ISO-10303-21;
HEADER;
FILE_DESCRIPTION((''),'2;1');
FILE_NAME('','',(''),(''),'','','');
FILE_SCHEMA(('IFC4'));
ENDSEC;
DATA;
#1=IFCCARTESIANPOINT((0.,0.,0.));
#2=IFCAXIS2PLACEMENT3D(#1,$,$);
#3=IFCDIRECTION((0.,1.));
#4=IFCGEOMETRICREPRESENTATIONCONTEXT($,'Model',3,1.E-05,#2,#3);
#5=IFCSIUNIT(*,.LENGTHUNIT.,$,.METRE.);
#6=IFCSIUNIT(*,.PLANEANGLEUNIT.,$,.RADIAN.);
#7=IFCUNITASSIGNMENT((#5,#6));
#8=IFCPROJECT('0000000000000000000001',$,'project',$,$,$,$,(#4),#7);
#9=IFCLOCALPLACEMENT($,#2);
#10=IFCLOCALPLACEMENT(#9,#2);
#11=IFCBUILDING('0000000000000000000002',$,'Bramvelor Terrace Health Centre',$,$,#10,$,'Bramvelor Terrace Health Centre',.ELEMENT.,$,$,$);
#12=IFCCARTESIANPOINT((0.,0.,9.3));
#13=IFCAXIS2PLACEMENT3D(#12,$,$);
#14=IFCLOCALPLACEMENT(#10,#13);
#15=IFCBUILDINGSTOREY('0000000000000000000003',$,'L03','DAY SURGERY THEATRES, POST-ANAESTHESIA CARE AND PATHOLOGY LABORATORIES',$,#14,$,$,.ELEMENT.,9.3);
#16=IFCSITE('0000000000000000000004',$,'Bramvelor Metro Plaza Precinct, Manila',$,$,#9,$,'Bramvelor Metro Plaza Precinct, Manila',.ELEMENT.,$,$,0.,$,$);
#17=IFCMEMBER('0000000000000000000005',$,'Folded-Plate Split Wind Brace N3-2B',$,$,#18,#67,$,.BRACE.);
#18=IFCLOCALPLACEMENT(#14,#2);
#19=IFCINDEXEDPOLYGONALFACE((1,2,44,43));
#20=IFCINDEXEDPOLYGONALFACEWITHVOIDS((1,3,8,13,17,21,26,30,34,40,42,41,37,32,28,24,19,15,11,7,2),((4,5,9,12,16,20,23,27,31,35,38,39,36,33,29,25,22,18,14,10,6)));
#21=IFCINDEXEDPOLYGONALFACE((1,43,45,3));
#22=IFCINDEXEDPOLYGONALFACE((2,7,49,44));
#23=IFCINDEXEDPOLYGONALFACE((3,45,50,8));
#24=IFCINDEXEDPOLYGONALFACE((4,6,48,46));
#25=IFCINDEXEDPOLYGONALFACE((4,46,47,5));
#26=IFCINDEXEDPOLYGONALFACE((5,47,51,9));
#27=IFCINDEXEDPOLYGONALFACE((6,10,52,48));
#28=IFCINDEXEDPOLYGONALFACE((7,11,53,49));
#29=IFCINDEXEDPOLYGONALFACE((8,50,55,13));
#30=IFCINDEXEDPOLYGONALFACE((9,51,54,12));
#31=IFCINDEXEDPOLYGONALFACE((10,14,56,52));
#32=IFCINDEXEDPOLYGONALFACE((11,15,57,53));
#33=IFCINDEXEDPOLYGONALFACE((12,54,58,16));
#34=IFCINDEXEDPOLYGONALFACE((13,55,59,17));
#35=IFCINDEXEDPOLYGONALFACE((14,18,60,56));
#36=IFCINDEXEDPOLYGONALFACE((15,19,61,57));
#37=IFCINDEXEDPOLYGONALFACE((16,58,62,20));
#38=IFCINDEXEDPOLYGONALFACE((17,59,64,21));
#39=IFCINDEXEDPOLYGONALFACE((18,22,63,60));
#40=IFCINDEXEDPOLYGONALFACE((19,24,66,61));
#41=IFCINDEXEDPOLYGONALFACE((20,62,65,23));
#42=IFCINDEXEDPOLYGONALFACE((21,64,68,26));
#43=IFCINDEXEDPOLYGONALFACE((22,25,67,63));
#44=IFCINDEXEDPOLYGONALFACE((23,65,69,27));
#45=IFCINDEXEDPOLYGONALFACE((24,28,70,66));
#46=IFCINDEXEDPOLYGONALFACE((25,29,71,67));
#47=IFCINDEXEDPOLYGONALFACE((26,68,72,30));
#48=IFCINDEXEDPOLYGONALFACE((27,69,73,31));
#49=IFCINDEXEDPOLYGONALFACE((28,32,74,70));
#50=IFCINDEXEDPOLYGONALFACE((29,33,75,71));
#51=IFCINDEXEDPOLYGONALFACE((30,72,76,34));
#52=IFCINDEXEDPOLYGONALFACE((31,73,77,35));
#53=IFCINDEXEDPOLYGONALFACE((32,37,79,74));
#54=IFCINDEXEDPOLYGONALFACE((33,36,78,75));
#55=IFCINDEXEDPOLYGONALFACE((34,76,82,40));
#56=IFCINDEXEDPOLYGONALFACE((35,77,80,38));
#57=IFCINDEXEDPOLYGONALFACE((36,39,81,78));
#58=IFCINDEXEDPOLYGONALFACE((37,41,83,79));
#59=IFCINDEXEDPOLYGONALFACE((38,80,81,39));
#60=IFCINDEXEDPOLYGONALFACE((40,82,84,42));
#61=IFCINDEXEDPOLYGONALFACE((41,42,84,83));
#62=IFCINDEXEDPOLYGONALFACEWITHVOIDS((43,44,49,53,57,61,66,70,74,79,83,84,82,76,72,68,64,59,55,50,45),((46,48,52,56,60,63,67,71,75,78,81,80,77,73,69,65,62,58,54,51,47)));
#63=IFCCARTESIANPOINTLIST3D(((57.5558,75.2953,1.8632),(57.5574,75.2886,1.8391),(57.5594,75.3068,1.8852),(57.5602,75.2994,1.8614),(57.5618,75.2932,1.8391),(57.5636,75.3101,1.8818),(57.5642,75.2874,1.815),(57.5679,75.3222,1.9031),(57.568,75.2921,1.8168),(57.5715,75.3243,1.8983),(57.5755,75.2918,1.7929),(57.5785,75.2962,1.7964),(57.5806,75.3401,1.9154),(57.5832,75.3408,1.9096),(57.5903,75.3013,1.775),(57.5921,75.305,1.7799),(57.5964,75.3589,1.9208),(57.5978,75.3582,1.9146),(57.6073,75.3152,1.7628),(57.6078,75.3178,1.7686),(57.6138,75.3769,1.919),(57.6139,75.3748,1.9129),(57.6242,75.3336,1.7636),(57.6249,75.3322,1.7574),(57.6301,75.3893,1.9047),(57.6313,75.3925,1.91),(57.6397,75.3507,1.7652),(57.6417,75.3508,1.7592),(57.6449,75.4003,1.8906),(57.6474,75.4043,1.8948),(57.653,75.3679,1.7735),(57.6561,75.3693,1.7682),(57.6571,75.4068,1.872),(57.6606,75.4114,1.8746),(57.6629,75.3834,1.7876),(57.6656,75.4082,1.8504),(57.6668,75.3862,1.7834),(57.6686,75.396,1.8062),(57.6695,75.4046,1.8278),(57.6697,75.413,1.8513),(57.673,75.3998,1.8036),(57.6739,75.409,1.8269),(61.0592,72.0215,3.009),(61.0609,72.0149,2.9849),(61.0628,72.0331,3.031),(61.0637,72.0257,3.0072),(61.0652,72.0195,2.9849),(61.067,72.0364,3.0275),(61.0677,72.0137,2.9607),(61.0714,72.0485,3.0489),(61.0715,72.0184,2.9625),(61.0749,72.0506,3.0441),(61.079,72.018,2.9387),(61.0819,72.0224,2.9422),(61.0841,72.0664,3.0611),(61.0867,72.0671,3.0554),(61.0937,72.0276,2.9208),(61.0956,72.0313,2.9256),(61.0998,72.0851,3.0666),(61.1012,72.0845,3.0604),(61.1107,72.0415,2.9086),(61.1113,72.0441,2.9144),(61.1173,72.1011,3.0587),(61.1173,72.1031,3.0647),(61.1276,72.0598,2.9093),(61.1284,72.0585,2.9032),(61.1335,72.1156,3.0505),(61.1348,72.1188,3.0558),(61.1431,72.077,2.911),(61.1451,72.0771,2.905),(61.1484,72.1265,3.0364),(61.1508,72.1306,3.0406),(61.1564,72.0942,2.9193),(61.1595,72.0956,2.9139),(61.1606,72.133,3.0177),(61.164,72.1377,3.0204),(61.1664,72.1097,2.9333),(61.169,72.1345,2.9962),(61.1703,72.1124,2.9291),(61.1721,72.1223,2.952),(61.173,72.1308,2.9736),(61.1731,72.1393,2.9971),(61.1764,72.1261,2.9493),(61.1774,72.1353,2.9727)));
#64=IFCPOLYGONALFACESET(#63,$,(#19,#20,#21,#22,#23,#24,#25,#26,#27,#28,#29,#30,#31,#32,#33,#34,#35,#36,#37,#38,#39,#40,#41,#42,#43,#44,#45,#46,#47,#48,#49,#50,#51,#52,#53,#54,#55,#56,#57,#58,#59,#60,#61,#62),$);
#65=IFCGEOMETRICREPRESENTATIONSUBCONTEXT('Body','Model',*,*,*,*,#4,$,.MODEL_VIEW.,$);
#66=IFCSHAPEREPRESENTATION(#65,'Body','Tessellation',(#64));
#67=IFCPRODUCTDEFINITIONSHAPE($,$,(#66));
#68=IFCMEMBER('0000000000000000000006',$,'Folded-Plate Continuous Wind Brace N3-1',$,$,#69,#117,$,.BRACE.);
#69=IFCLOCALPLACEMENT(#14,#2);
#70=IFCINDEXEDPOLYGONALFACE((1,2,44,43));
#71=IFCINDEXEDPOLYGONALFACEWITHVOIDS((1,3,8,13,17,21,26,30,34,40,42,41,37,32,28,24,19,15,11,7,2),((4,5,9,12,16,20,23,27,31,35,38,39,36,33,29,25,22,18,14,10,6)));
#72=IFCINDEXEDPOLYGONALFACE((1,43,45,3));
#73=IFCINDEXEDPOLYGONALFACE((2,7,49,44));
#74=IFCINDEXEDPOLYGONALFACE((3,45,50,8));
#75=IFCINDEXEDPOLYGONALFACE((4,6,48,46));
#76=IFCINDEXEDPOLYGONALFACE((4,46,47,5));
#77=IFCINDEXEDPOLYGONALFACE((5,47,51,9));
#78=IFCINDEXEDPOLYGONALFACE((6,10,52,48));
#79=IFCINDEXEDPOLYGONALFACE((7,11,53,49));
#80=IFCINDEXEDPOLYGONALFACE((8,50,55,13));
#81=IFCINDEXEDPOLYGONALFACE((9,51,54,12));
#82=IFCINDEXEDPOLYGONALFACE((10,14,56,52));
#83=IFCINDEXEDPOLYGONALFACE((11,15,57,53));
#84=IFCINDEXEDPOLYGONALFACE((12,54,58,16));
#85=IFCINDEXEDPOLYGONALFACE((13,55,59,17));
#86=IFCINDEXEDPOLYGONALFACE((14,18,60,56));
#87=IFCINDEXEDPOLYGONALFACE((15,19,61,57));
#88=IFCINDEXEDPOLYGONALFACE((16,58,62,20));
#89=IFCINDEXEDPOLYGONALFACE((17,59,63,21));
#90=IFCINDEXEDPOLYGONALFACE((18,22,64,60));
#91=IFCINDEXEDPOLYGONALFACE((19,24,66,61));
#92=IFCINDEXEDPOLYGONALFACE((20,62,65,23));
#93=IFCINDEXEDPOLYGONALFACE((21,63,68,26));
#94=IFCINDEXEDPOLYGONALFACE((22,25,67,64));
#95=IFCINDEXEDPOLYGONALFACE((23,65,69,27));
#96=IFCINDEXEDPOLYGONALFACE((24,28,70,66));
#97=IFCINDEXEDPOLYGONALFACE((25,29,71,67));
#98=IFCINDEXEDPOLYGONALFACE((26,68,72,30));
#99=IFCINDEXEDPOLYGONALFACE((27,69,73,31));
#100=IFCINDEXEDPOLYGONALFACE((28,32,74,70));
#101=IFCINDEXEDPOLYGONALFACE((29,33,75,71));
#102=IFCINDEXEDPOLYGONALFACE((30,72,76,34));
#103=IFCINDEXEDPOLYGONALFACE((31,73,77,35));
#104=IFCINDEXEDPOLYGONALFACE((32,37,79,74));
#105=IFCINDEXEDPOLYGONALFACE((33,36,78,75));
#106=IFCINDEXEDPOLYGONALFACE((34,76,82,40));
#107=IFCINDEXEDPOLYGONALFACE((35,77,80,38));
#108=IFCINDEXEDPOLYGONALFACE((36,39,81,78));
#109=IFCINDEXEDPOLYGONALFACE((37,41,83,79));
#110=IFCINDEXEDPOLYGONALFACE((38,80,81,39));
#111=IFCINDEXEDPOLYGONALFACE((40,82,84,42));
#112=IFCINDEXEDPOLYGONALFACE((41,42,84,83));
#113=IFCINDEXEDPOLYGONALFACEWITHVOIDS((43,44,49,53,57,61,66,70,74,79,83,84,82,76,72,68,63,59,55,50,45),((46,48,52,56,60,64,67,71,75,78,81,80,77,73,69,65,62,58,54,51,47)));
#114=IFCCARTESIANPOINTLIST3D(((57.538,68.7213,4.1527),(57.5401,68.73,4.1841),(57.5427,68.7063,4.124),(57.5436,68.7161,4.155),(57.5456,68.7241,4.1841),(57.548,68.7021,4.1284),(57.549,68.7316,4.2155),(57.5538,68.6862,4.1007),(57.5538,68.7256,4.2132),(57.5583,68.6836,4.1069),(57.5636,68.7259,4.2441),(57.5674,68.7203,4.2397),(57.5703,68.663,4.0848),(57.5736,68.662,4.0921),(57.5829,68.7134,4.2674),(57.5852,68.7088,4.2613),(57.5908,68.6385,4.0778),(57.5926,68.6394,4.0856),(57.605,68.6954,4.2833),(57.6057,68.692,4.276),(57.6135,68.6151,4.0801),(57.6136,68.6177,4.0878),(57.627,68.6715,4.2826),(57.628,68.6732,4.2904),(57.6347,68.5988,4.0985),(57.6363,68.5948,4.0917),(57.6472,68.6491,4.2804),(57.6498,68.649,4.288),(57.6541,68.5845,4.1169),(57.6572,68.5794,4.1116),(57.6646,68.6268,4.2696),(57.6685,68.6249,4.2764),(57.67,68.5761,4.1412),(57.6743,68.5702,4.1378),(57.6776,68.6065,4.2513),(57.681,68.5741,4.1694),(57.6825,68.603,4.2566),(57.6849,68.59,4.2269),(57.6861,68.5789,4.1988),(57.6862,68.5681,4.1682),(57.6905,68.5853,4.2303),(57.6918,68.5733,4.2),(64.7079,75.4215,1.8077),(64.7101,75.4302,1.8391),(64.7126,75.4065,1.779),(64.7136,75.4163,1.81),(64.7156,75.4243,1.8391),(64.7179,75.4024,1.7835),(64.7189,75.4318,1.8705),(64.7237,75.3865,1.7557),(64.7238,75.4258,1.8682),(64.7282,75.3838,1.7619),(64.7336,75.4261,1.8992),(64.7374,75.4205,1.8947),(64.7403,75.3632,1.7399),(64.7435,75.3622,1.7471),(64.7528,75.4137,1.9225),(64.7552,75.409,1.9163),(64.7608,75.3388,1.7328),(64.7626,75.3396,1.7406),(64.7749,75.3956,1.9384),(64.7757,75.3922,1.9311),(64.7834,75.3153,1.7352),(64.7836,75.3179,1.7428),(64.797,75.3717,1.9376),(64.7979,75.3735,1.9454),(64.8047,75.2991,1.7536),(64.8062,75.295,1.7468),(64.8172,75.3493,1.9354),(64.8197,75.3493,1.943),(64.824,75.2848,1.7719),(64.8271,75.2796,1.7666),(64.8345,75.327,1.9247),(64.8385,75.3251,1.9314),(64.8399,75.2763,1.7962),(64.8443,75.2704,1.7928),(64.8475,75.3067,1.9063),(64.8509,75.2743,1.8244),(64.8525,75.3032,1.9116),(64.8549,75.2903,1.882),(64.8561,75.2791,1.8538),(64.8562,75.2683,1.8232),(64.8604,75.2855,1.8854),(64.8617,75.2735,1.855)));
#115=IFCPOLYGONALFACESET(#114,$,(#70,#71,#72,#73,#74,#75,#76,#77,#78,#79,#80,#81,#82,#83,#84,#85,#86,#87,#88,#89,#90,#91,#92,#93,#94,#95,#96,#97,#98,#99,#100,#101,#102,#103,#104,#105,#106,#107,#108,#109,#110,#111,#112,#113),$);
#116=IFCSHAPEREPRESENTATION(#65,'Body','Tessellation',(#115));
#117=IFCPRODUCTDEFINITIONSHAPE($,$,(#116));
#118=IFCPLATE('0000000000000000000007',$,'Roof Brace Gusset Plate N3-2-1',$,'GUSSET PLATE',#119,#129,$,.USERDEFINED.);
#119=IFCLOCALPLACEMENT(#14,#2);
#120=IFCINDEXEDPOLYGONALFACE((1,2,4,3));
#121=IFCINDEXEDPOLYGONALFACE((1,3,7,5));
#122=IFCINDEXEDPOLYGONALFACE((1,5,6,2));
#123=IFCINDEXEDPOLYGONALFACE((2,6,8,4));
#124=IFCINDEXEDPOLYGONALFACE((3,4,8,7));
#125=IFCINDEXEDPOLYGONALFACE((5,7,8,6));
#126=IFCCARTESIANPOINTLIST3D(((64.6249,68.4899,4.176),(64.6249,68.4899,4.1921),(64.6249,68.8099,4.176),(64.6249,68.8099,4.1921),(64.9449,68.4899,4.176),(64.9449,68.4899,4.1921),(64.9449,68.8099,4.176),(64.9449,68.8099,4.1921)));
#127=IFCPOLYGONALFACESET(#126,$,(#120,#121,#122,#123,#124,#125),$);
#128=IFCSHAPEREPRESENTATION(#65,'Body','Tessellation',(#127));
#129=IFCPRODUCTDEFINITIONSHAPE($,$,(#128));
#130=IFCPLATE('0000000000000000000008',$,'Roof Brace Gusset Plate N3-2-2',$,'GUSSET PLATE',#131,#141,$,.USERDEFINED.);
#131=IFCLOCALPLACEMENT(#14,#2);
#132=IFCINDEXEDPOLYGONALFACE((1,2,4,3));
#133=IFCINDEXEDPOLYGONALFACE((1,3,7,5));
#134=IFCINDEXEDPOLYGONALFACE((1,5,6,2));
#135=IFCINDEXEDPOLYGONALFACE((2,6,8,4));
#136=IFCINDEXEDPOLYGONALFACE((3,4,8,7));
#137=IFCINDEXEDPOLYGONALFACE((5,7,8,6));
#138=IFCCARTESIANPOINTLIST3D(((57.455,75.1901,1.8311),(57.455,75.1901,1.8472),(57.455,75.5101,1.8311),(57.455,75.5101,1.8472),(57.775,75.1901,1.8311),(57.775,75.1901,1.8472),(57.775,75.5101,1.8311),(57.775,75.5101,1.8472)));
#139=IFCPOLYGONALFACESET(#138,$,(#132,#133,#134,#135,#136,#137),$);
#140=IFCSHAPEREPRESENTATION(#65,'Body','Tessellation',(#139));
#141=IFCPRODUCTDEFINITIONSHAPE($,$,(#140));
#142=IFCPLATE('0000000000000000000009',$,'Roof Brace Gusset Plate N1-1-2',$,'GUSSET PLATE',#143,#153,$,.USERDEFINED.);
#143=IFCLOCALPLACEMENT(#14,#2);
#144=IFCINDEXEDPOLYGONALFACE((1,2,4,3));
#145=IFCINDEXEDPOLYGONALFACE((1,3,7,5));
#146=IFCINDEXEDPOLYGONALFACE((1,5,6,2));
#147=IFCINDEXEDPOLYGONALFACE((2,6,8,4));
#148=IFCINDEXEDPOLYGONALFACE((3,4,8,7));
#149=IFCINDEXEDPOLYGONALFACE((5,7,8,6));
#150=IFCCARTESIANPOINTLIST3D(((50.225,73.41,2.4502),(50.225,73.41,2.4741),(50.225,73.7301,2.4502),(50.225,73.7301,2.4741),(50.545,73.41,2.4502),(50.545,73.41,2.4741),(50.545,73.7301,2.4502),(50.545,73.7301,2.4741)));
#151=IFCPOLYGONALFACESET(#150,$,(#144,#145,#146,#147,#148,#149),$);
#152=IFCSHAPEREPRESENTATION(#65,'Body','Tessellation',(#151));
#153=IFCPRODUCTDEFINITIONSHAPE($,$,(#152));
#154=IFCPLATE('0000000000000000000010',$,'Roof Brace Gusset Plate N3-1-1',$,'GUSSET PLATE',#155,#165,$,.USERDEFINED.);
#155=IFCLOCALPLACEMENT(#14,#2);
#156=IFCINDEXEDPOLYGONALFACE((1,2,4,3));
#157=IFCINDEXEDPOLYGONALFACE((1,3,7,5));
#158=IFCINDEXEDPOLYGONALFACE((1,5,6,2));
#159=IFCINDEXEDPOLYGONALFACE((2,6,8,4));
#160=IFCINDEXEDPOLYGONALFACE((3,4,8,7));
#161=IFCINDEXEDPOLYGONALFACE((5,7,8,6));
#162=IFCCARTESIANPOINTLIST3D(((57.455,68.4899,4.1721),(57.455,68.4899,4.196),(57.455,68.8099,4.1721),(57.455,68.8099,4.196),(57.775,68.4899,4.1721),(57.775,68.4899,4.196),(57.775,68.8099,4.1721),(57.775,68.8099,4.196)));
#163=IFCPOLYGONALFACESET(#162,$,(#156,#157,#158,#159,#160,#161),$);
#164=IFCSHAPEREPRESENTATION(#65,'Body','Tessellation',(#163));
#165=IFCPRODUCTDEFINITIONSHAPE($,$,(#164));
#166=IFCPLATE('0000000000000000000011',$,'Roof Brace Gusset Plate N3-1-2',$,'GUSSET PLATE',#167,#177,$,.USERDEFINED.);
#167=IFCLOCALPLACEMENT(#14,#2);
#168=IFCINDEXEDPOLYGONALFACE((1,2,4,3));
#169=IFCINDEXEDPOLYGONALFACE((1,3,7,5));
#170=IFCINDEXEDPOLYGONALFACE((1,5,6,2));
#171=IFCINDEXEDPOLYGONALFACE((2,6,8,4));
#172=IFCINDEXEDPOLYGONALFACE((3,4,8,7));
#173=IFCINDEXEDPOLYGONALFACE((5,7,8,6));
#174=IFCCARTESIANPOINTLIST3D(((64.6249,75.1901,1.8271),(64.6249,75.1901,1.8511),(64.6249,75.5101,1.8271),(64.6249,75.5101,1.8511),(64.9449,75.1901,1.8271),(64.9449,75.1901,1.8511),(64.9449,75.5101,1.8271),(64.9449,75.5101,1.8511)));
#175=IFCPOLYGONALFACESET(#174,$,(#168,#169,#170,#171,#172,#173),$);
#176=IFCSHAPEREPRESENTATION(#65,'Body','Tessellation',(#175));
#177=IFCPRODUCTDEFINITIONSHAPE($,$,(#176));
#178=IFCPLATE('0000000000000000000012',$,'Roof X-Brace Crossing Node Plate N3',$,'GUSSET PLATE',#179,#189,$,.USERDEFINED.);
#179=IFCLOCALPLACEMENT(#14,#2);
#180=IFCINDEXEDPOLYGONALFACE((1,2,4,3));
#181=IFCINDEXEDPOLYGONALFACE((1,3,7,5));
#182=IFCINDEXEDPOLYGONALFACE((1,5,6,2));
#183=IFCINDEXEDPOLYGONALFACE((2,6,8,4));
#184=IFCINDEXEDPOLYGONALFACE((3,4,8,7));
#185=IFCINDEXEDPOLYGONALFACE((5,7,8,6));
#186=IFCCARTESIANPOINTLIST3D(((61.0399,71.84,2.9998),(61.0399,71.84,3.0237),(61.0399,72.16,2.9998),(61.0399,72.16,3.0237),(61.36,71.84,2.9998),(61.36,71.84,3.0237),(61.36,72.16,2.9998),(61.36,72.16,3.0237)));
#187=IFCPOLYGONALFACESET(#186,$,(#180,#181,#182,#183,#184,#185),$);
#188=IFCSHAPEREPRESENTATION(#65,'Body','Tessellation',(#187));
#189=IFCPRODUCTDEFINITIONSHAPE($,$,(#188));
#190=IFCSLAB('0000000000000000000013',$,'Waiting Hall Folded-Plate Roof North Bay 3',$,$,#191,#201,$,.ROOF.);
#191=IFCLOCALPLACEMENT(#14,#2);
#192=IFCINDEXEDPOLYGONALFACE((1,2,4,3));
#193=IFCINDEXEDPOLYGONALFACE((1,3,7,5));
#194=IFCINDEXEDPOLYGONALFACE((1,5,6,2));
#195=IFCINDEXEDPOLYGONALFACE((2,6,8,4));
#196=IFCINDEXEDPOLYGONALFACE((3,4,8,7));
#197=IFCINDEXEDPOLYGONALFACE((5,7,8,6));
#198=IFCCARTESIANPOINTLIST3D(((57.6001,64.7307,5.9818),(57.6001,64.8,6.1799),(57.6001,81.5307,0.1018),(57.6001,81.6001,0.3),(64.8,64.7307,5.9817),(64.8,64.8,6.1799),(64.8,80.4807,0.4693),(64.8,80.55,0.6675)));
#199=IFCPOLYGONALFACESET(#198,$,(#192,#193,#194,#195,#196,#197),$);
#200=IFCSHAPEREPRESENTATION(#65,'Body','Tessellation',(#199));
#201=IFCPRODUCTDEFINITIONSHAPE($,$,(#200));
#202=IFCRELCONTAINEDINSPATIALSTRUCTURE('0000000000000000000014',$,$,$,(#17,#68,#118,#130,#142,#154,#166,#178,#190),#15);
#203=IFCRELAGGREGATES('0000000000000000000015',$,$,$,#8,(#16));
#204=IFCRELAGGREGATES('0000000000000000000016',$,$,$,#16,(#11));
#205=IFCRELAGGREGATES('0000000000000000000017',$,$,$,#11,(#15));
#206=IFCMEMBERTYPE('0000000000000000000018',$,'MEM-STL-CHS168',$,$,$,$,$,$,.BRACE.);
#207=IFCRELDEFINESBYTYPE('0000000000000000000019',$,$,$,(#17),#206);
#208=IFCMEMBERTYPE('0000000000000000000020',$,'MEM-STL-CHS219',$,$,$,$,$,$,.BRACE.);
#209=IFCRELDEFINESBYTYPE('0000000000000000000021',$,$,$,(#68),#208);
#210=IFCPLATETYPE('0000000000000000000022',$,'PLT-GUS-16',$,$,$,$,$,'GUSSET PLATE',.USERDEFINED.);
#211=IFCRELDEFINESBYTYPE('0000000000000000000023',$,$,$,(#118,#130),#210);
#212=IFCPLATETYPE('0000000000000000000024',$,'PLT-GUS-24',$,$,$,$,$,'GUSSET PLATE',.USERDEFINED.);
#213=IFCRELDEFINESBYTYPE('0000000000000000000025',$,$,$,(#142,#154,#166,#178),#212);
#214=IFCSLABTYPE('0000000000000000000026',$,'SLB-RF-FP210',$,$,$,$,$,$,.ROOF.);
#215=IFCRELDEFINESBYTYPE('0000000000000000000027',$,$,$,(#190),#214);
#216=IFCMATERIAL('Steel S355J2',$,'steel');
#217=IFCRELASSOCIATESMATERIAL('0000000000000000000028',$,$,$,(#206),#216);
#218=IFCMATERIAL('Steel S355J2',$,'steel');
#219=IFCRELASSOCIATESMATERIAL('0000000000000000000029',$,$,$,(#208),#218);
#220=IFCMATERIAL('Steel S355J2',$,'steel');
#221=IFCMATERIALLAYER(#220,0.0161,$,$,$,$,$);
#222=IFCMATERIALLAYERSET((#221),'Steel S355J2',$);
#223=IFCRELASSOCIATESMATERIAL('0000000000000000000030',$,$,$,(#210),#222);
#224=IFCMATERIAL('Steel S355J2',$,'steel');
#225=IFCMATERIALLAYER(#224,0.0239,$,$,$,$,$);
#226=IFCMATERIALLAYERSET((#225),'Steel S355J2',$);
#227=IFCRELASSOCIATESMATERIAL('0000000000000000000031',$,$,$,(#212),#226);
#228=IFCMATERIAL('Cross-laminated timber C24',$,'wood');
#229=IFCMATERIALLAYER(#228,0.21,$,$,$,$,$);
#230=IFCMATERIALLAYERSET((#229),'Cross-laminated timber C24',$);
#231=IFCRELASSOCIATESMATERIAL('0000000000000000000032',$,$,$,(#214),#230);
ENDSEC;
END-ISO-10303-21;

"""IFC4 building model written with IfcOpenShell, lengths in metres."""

from ifc_helpers import new_model, si_unit, direction, frame, origin, origin_2d, place, context, subcontext, project, spatial, polyline, rectangle, hollow_circle, outline, extrude, material, layer, layer_set, material_profile, profile_set, type_object, element, save


model = new_model("IFC4")

# Units and contexts
model_context = context("Model", 3, precision=1e-05, world=origin(), true_north=direction((0.0, 1.0)))
body_context = subcontext(model_context, "Body", "Model", "MODEL_VIEW")
ifc_project = project(units=[si_unit("LENGTHUNIT", "METRE"), si_unit("PLANEANGLEUNIT", "RADIAN")], contexts=[model_context])

# Site, building, storey
site_placement = place(None, origin())
site = spatial("IfcSite", under=ifc_project, at=site_placement, Name="Bramvelor Metro Plaza Precinct, Manila", LongName="Bramvelor Metro Plaza Precinct, Manila", CompositionType="ELEMENT", RefElevation=0.0)
building_placement = place(site_placement, origin())
building = spatial("IfcBuilding", under=site, at=building_placement, Name="Bramvelor Terrace Health Centre", LongName="Bramvelor Terrace Health Centre", CompositionType="ELEMENT")
storey_placement = place(building_placement, frame((0.0, 0.0, 9.3)))
storey = spatial("IfcBuildingStorey", under=building, at=storey_placement, Name="L03", Description="DAY SURGERY THEATRES, POST-ANAESTHESIA CARE AND PATHOLOGY LABORATORIES", CompositionType="ELEMENT", Elevation=9.3)

# Members
ifc_material_1 = material(Name="Steel S355J2", Category="steel")
ifc_material_profile_1 = material_profile(ifc_material_1, hollow_circle(Radius=0.0842, WallThickness=0.0063, at=origin_2d()), Name="CHS 168.3x6.3")
ifc_profile_set_1 = profile_set([ifc_material_profile_1], Name="Steel S355J2")
member_type_1 = type_object("IfcMemberType", Name="MEM-STL-CHS168", PredefinedType="BRACE", material=ifc_profile_set_1)
member_1_placement = place(storey_placement, frame((61.1184, 72.0764, 2.9849), z_axis=(-0.71065, 0.66405, -0.23241), x_axis=(-0.682744, -0.730657, 0.0)))
element("IfcMember", 1, at=member_1_placement, inside=storey, type_object=member_type_1, Name="Folded-Plate Split Wind Brace N3-2B", PredefinedType="BRACE", context=body_context, shape_type="SweptSolid", body=[
    extrude(hollow_circle(Radius=0.0842, WallThickness=0.0063, at=origin_2d()), origin(), (0.0, 0.0, 1.0), 4.9299),
])
ifc_material_2 = material(Name="Steel S355J2", Category="steel")
ifc_material_profile_2 = material_profile(ifc_material_2, hollow_circle(Radius=0.1096, WallThickness=0.0081, at=origin_2d()), Name="CHS 219.1x8.0")
ifc_profile_set_2 = profile_set([ifc_material_profile_2], Name="Steel S355J2")
member_type_2 = type_object("IfcMemberType", Name="MEM-STL-CHS219", PredefinedType="BRACE", material=ifc_profile_set_2)
member_2_placement = place(storey_placement, frame((57.615, 68.6499, 4.1841), z_axis=(0.710628, 0.664072, -0.232415), x_axis=(-0.682768, 0.730635, 0.0)))
element("IfcMember", 2, at=member_2_placement, inside=storey, type_object=member_type_2, Name="Folded-Plate Continuous Wind Brace N3-1", PredefinedType="BRACE", context=body_context, shape_type="SweptSolid", body=[
    extrude(hollow_circle(Radius=0.1096, WallThickness=0.0081, at=origin_2d()), origin(), (0.0, 0.0, 1.0), 10.0896),
])

# Plates
ifc_material_3 = material(Name="Steel S355J2", Category="steel")
ifc_layer_1 = layer(ifc_material_3, 0.0161)
ifc_layer_set_1 = layer_set([ifc_layer_1], Name="Steel S355J2")
plate_type_1 = type_object("IfcPlateType", Name="PLT-GUS-16", ElementType="GUSSET PLATE", PredefinedType="USERDEFINED", material=ifc_layer_set_1)
for number, where, z_axis, x_axis, name in (
    (3, (64.7849, 68.6499, 4.176), (0.0, 0.0, 1.0), (1.0, 0.0, 0.0), "Roof Brace Gusset Plate N3-2-1"),
    (4, (57.615, 75.3501, 1.8311), (0.0, 0.0, 1.0), (1.0, 0.0, 0.0), "Roof Brace Gusset Plate N3-2-2"),
):
    element("IfcPlate", number, at=place(storey_placement, frame(where, z_axis=z_axis, x_axis=x_axis)), inside=storey, type_object=plate_type_1, Name=name, ObjectType="GUSSET PLATE", PredefinedType="USERDEFINED", context=body_context, shape_type="SweptSolid", body=[
        extrude(rectangle(XDim=0.3201, YDim=0.3201, at=origin_2d()), origin(), (0.0, 0.0, 1.0), 0.0161),
    ])
ifc_material_4 = material(Name="Steel S355J2", Category="steel")
ifc_layer_2 = layer(ifc_material_4, 0.0239)
ifc_layer_set_2 = layer_set([ifc_layer_2], Name="Steel S355J2")
plate_type_2 = type_object("IfcPlateType", Name="PLT-GUS-24", ElementType="GUSSET PLATE", PredefinedType="USERDEFINED", material=ifc_layer_set_2)
for number, where, z_axis, x_axis, name in (
    (5, (50.385, 73.5701, 2.4502), (0.0, 0.0, 1.0), (1.0, 0.0, 0.0), "Roof Brace Gusset Plate N1-1-2"),
    (6, (57.615, 68.6499, 4.1721), (0.0, 0.0, 1.0), (1.0, 0.0, 0.0), "Roof Brace Gusset Plate N3-1-1"),
    (7, (64.7849, 75.3501, 1.8271), (0.0, 0.0, 1.0), (1.0, 0.0, 0.0), "Roof Brace Gusset Plate N3-1-2"),
    (8, (61.2, 72.0, 2.9998), (0.0, 0.0, 1.0), (1.0, 0.0, 0.0), "Roof X-Brace Crossing Node Plate N3"),
):
    element("IfcPlate", number, at=place(storey_placement, frame(where, z_axis=z_axis, x_axis=x_axis)), inside=storey, type_object=plate_type_2, Name=name, ObjectType="GUSSET PLATE", PredefinedType="USERDEFINED", context=body_context, shape_type="SweptSolid", body=[
        extrude(rectangle(XDim=0.3201, YDim=0.3201, at=origin_2d()), origin(), (0.0, 0.0, 1.0), 0.0239),
    ])

# Slab
ifc_material_5 = material(Name="Cross-laminated timber C24", Category="wood")
ifc_layer_3 = layer(ifc_material_5, 0.21)
ifc_layer_set_3 = layer_set([ifc_layer_3], Name="Cross-laminated timber C24")
slab_type = type_object("IfcSlabType", Name="SLB-RF-FP210", PredefinedType="ROOF", material=ifc_layer_set_3)
slab_1_placement = place(storey_placement, frame((57.6001, 64.8, 6.1799), z_axis=(0.000005, 0.330346, 0.94386), x_axis=(1.0, -0.000002, -0.000005)))
element("IfcSlab", 9, at=slab_1_placement, inside=storey, type_object=slab_type, Name="Waiting Hall Folded-Plate Roof North Bay 3", PredefinedType="ROOF", context=body_context, shape_type="SweptSolid", body=[
    extrude(outline(polyline([(0.0, 0.0), (7.2, 0.0), (7.2, 16.6868), (0.0, 17.7993), (0.0, 0.0)])), origin(), (0.0, 0.0, -1.0), 0.21),
])

save(model, "model.ifc")
